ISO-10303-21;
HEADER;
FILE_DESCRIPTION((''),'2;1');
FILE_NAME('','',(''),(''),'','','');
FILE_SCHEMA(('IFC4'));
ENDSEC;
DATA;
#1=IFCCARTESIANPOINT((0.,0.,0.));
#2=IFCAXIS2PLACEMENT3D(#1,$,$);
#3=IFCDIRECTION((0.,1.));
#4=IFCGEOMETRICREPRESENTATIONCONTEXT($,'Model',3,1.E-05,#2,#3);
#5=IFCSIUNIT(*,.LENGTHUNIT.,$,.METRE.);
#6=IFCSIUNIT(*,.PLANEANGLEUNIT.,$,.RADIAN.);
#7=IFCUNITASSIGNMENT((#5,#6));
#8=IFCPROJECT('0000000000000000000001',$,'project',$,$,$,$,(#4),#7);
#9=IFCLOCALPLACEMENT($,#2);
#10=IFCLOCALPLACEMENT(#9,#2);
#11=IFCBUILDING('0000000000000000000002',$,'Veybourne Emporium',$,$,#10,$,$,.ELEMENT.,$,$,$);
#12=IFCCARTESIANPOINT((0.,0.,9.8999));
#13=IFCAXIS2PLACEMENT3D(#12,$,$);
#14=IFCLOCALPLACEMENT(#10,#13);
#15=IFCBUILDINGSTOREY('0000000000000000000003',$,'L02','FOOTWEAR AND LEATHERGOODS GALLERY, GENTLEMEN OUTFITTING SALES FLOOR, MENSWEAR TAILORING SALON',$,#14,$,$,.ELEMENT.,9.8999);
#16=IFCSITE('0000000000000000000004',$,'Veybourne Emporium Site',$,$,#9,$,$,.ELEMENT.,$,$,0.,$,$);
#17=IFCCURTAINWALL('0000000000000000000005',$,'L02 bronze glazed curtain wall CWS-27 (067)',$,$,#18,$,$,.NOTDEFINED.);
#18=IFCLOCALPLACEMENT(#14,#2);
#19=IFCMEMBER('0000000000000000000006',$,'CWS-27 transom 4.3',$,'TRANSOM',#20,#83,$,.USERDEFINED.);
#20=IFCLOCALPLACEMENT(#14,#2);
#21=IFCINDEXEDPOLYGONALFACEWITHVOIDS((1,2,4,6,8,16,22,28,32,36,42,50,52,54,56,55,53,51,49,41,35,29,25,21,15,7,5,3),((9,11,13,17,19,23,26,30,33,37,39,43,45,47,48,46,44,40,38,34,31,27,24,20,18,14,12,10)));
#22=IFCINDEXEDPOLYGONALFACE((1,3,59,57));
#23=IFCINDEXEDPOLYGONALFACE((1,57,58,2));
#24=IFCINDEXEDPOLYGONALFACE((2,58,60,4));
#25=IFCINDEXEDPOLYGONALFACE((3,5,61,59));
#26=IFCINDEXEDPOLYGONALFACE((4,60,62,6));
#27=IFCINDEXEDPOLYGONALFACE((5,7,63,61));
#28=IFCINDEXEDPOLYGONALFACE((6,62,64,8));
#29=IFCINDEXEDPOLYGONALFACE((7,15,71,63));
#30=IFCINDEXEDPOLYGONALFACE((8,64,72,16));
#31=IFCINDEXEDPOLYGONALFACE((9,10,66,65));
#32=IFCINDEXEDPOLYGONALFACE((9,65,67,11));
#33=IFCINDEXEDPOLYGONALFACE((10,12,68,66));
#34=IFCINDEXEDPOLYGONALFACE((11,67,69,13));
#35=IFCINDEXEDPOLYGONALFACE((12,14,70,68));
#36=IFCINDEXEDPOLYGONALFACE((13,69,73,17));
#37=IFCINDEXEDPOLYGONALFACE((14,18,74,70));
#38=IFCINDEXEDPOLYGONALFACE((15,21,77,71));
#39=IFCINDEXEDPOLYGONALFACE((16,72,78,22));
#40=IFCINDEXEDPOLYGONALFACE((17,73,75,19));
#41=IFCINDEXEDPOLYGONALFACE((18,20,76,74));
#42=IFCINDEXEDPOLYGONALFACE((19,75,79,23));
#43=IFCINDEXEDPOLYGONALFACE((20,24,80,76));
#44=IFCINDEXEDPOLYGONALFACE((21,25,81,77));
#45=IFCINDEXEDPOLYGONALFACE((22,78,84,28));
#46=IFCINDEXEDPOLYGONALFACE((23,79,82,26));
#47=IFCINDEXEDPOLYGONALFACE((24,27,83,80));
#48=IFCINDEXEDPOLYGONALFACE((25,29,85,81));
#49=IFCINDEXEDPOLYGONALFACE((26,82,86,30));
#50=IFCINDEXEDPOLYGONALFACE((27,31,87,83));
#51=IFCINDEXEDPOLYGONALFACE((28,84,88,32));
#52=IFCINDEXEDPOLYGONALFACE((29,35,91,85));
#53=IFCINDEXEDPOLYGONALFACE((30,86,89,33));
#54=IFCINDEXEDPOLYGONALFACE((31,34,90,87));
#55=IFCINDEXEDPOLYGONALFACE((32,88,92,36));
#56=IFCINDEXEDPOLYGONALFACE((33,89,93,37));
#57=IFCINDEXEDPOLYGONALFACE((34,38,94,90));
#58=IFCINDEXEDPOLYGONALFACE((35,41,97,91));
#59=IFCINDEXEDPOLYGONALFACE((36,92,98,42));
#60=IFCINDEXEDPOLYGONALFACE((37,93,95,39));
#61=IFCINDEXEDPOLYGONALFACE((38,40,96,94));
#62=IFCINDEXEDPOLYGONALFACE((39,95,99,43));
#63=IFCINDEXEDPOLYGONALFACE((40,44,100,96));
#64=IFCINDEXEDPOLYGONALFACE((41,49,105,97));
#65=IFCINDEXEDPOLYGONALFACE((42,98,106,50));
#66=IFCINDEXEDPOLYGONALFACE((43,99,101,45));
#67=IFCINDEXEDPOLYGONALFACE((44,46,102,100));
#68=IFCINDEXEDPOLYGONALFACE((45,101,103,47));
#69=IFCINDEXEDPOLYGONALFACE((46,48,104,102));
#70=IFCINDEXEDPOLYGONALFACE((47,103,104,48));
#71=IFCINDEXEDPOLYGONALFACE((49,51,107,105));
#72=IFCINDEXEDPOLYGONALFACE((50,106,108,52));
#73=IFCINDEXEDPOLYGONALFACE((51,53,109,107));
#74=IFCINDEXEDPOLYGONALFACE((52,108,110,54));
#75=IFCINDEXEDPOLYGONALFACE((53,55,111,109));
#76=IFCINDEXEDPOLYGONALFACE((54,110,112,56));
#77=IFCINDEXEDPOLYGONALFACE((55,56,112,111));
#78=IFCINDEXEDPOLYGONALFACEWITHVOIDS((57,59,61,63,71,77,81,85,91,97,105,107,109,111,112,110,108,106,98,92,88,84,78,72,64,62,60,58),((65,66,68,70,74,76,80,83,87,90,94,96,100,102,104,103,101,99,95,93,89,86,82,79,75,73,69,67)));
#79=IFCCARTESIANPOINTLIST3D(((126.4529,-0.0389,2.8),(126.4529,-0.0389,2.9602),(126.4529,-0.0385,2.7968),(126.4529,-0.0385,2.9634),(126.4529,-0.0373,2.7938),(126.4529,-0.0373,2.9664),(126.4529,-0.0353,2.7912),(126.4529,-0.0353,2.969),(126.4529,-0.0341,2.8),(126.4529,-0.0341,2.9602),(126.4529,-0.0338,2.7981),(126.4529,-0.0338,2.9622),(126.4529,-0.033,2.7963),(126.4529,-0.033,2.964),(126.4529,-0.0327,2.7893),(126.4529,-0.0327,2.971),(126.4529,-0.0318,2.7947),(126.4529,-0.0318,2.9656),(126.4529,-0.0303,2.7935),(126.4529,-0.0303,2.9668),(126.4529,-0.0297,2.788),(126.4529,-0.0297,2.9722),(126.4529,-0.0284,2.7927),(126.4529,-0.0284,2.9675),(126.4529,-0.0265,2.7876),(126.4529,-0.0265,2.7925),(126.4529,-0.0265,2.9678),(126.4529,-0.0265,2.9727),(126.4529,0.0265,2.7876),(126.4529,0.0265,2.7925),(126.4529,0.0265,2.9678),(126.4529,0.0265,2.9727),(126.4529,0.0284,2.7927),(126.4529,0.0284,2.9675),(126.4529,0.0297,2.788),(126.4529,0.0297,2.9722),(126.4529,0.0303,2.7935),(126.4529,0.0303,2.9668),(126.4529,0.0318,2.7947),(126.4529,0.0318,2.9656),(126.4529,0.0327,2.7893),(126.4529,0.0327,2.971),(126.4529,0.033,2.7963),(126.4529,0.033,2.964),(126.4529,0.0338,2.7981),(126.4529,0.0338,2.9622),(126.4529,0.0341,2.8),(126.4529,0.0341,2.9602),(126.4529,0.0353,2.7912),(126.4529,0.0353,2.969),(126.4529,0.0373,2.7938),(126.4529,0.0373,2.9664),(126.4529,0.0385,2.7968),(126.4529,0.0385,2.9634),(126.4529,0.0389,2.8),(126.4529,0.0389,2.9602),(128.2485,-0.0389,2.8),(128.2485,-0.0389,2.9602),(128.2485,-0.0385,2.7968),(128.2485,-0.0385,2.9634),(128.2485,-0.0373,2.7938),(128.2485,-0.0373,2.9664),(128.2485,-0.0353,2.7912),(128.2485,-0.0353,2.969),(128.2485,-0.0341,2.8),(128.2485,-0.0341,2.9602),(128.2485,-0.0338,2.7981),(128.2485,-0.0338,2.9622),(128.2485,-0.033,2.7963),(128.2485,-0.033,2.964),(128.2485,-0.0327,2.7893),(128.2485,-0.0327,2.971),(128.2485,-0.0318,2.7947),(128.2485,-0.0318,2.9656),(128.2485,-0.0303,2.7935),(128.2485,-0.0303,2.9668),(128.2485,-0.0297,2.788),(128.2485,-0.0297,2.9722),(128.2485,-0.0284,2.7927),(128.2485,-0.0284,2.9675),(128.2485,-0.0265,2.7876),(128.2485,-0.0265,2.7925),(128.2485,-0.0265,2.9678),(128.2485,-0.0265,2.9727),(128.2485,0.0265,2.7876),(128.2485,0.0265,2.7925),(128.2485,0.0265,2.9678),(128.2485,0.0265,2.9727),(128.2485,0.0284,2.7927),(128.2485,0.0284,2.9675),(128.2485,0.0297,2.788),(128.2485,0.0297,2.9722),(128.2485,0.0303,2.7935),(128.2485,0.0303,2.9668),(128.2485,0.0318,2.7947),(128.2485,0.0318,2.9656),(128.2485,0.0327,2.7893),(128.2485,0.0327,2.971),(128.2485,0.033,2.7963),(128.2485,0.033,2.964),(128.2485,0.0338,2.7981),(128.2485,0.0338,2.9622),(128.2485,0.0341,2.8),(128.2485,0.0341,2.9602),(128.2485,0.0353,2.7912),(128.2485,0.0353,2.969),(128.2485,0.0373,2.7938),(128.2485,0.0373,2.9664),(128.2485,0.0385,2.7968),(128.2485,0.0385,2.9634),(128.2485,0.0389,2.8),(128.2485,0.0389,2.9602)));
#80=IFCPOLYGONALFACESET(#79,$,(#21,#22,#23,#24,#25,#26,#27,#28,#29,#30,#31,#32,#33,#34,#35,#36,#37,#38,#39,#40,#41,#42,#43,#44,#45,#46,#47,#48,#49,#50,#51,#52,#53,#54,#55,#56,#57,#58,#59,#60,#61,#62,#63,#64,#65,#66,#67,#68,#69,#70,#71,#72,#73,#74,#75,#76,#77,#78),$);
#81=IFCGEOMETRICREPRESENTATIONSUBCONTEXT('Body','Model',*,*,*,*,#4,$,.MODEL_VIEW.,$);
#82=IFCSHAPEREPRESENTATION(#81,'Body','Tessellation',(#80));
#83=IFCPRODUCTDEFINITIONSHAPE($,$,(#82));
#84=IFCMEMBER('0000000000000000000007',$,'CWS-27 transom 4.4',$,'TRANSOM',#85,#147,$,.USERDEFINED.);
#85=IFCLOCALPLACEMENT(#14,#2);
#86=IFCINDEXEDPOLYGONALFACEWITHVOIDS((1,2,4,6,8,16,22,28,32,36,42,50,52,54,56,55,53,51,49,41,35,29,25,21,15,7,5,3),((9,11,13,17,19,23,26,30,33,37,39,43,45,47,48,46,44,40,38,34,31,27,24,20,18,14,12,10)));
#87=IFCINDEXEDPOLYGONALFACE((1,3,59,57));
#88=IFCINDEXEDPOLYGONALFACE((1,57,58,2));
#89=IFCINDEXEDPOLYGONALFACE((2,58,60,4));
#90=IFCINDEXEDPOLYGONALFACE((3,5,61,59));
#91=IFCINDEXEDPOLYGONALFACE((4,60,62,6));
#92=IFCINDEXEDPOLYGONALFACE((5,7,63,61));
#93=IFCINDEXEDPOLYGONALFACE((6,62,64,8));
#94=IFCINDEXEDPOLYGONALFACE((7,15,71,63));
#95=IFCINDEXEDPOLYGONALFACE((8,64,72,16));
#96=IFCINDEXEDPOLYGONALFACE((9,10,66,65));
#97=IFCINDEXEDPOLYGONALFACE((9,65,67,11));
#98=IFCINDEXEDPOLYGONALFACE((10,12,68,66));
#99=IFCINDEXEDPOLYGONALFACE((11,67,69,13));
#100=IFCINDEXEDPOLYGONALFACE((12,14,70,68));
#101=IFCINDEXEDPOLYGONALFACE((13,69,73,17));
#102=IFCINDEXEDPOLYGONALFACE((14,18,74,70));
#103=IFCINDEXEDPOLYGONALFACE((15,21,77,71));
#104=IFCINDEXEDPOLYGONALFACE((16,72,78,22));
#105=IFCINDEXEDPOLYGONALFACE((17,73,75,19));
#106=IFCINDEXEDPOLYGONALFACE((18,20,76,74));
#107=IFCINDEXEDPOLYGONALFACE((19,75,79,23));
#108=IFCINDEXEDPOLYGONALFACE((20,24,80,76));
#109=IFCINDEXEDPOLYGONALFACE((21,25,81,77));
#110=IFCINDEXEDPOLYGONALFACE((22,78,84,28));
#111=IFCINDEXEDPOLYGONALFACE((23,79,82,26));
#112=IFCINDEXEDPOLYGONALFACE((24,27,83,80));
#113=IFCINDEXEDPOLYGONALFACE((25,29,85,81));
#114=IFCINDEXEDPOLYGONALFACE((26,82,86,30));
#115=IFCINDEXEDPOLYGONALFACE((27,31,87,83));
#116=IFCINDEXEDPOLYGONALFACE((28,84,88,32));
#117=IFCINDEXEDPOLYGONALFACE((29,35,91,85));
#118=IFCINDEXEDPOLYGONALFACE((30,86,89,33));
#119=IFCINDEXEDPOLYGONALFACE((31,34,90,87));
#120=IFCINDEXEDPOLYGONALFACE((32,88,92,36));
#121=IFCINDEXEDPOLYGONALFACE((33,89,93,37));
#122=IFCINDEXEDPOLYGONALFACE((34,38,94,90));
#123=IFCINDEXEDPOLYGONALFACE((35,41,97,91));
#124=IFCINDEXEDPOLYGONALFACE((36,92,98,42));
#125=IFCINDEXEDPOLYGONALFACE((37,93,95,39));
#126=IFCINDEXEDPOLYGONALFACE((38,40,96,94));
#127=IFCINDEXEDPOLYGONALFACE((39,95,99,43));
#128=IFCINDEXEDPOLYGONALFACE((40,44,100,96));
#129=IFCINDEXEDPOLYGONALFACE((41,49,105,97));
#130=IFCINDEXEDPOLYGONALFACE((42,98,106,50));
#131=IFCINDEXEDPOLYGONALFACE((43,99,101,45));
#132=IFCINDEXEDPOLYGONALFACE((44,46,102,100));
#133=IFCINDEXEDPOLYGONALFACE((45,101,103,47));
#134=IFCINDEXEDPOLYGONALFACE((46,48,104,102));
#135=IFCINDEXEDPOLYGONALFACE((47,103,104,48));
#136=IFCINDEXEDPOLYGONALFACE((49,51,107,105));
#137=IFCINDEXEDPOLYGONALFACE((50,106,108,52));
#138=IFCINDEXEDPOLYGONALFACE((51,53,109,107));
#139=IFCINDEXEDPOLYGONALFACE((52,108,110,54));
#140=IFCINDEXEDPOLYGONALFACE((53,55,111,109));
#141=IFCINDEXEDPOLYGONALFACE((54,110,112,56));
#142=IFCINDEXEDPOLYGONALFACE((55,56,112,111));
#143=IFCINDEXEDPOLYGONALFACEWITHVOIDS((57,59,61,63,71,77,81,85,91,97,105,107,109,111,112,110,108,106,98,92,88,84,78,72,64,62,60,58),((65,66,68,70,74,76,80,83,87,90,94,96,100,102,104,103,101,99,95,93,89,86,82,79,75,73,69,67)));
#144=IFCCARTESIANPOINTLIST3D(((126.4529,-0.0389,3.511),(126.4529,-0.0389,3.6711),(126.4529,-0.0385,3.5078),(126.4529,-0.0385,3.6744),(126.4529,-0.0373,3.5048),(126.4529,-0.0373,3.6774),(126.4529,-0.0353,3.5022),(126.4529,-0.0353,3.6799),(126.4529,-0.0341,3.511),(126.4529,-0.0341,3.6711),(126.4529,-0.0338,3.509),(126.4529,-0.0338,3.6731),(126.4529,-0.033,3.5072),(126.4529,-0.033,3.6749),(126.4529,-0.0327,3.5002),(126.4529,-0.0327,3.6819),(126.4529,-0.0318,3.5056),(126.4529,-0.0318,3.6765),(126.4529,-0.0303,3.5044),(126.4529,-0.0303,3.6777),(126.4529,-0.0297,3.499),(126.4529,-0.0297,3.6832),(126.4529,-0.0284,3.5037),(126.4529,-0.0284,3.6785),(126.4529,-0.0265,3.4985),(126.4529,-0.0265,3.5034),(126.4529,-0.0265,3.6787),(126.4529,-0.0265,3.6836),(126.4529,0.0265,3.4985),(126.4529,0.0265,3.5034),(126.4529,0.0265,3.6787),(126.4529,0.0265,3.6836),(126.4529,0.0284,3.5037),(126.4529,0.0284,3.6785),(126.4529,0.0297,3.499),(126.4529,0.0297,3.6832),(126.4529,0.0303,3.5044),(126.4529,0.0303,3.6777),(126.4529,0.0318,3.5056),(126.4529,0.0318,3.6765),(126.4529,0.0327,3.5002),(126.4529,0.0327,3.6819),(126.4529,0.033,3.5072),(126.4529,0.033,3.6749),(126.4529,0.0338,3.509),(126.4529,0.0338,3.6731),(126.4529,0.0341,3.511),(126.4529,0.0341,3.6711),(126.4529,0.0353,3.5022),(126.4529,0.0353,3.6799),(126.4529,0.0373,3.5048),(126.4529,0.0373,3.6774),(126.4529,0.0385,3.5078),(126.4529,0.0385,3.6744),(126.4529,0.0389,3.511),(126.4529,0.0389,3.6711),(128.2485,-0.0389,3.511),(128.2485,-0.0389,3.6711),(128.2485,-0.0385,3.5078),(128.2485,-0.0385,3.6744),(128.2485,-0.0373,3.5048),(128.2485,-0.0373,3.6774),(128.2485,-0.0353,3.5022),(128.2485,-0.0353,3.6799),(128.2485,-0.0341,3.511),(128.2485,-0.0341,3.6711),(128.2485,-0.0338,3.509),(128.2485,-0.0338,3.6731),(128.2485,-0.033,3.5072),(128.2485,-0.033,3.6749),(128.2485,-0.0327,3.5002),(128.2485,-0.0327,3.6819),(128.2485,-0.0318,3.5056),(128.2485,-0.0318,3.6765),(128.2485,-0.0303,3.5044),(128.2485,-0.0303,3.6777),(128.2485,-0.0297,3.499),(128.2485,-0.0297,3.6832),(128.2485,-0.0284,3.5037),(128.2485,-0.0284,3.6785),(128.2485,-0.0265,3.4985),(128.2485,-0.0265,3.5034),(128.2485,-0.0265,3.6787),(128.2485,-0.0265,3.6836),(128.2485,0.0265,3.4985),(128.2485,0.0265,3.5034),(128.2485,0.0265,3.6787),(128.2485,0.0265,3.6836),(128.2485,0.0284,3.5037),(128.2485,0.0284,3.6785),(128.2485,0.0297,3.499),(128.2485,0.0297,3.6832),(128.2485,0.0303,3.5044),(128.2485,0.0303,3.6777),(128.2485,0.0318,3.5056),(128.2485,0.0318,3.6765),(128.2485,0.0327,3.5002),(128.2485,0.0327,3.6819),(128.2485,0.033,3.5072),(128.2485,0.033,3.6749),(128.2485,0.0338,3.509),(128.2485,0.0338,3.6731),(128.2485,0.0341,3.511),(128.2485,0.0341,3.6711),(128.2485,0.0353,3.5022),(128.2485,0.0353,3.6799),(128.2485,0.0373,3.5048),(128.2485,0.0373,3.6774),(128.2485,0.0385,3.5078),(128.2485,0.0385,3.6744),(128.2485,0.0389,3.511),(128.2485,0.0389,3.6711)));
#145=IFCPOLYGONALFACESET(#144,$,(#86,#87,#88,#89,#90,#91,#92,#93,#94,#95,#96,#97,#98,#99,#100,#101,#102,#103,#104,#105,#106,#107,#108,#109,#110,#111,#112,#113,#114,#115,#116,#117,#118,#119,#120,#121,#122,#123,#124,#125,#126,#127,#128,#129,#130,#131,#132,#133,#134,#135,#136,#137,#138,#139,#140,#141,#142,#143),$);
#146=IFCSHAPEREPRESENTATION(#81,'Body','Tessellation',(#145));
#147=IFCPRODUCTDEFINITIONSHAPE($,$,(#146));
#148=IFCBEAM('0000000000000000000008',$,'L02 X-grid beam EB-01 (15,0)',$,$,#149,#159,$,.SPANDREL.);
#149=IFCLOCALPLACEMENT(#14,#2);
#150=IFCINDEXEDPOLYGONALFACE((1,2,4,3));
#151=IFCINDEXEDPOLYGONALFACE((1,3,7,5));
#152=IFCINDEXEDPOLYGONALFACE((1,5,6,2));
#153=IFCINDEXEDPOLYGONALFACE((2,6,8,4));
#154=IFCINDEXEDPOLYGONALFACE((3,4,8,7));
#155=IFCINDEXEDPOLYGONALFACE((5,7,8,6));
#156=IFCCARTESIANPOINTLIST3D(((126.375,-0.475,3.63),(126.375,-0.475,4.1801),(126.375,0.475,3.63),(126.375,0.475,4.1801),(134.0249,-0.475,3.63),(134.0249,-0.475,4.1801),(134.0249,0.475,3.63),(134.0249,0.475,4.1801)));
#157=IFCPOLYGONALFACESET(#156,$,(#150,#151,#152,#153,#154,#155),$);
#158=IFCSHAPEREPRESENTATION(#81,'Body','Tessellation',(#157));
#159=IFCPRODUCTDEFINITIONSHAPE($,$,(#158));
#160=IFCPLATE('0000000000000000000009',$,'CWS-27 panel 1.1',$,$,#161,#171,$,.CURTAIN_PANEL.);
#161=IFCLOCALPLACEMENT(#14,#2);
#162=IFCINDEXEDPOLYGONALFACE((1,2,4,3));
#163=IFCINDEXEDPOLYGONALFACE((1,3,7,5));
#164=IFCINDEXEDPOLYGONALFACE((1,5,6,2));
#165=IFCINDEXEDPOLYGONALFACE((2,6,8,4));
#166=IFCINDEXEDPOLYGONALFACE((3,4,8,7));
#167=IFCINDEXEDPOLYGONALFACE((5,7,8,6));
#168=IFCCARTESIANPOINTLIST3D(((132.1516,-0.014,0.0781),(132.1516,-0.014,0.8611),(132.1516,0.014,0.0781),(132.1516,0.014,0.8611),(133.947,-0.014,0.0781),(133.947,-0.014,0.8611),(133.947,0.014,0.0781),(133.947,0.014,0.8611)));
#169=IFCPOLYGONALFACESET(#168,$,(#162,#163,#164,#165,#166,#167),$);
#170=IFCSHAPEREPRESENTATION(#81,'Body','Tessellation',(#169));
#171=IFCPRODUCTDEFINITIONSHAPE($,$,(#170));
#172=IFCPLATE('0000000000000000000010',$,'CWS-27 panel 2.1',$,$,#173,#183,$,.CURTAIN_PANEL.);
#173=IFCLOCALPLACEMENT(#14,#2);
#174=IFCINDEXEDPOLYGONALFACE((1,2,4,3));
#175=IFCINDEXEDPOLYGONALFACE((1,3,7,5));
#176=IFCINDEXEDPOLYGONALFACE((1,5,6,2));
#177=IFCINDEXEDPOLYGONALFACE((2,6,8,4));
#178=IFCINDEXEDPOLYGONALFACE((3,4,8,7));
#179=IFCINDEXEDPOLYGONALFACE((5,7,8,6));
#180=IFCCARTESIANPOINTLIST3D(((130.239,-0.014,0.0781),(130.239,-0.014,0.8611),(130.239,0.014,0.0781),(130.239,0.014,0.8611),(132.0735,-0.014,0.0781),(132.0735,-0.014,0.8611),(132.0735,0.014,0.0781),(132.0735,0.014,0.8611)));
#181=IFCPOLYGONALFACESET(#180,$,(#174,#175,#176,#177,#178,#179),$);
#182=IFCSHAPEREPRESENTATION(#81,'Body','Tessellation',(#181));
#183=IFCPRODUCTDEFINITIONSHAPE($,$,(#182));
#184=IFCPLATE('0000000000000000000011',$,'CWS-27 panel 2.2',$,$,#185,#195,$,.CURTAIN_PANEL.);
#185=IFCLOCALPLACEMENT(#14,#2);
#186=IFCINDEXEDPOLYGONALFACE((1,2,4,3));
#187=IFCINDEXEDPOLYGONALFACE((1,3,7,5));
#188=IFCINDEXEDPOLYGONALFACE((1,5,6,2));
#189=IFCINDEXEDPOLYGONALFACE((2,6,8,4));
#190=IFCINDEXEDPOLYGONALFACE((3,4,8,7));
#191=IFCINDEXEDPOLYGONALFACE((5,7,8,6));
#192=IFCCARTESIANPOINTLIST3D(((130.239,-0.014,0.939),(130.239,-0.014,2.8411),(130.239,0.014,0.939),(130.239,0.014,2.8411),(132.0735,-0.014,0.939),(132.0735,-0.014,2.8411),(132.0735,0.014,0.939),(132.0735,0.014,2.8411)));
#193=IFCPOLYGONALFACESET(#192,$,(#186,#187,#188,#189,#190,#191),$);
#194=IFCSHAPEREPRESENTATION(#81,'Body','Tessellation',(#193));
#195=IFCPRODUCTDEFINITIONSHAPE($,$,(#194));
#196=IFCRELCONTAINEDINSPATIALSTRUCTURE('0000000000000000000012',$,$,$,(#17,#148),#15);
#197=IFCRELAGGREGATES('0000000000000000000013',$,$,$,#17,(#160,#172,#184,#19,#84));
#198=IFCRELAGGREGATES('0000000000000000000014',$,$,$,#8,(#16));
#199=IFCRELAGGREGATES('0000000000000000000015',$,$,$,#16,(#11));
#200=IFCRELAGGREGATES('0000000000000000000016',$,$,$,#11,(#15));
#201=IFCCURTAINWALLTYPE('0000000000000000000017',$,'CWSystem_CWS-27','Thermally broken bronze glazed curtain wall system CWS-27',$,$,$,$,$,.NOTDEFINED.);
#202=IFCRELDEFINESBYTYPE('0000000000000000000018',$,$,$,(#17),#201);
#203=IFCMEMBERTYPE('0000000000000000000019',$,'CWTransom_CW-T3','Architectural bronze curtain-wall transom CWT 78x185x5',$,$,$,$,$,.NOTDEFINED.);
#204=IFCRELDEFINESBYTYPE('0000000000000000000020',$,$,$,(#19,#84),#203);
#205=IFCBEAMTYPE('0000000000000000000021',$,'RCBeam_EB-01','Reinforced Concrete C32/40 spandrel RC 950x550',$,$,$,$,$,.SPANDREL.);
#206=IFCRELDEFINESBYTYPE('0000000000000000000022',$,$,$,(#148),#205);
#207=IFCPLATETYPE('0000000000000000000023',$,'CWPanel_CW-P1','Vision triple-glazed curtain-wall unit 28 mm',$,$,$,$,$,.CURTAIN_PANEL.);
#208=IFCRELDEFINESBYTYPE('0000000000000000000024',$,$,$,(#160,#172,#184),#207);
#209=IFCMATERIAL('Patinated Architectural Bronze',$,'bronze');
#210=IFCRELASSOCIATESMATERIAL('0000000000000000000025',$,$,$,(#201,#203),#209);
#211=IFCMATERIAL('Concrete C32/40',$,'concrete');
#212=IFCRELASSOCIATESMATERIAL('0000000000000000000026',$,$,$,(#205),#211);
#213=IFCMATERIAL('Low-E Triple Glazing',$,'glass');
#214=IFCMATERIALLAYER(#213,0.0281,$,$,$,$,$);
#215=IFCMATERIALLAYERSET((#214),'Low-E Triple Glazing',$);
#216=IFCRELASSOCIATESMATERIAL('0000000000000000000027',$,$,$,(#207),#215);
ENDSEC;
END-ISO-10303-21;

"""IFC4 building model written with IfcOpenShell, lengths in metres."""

from ifc_helpers import new_model, si_unit, direction, frame, origin, origin_2d, place, context, subcontext, project, spatial, rectangle, hollow_rectangle, extrude, material, layer, layer_set, material_profile, profile_set, type_object, element, aggregate, save


model = new_model("IFC4")

# Units and contexts
model_context = context("Model", 3, precision=1e-05, world=origin(), true_north=direction((0.0, 1.0)))
body_context = subcontext(model_context, "Body", "Model", "MODEL_VIEW")
ifc_project = project(units=[si_unit("LENGTHUNIT", "METRE"), si_unit("PLANEANGLEUNIT", "RADIAN")], contexts=[model_context])

# Site, building, storey
site_placement = place(None, origin())
site = spatial("IfcSite", under=ifc_project, at=site_placement, Name="Veybourne Emporium Site", CompositionType="ELEMENT", RefElevation=0.0)
building_placement = place(site_placement, origin())
building = spatial("IfcBuilding", under=site, at=building_placement, Name="Veybourne Emporium", CompositionType="ELEMENT")
storey_placement = place(building_placement, frame((0.0, 0.0, 9.8999)))
storey = spatial("IfcBuildingStorey", under=building, at=storey_placement, Name="L02", Description="FOOTWEAR AND LEATHERGOODS GALLERY, GENTLEMEN OUTFITTING SALES FLOOR, MENSWEAR TAILORING SALON", CompositionType="ELEMENT", Elevation=9.8999)

# Curtain wall, members
ifc_material_1 = material(Name="Patinated Architectural Bronze", Category="bronze")
curtain_wall_type = type_object("IfcCurtainWallType", Name="CWSystem_CWS-27", Description="Thermally broken bronze glazed curtain wall system CWS-27", PredefinedType="NOTDEFINED", material=ifc_material_1)
curtain_wall_placement = place(storey_placement, origin())
curtain_wall = element("IfcCurtainWall", 1, at=curtain_wall_placement, inside=storey, type_object=curtain_wall_type, Name="L02 bronze glazed curtain wall CWS-27 (067)", PredefinedType="NOTDEFINED")
ifc_material_profile_1 = material_profile(ifc_material_1, hollow_rectangle(XDim=0.0779, YDim=0.1851, WallThickness=0.0049, InnerFilletRadius=0.0076, OuterFilletRadius=0.0125, at=origin_2d()), Name="CWT 78x185x5")
ifc_profile_set_1 = profile_set([ifc_material_profile_1], Name="Patinated Architectural Bronze")
member_type_1 = type_object("IfcMemberType", Name="CWTransom_CW-T3", Description="Architectural bronze curtain-wall transom CWT 78x185x5", PredefinedType="NOTDEFINED", material=ifc_profile_set_1)
member_1_placement = place(storey_placement, frame((128.2485, 0.0, 2.8801), z_axis=(-1.0, 0.0, 0.0), x_axis=(0.0, -1.0, 0.0)))
member_1 = element("IfcMember", 2, at=member_1_placement, type_object=member_type_1, Name="CWS-27 transom 4.3", ObjectType="TRANSOM", PredefinedType="USERDEFINED", context=body_context, shape_type="SweptSolid", body=[
    extrude(hollow_rectangle(XDim=0.0779, YDim=0.1851, WallThickness=0.0049, InnerFilletRadius=0.0076, OuterFilletRadius=0.0125, at=origin_2d()), origin(), (0.0, 0.0, 1.0), 1.7957),
])
member_2_placement = place(storey_placement, frame((128.2485, 0.0, 3.5911), z_axis=(-1.0, 0.0, 0.0), x_axis=(0.0, -1.0, 0.0)))
member_2 = element("IfcMember", 3, at=member_2_placement, type_object=member_type_1, Name="CWS-27 transom 4.4", ObjectType="TRANSOM", PredefinedType="USERDEFINED", context=body_context, shape_type="SweptSolid", body=[
    extrude(hollow_rectangle(XDim=0.0779, YDim=0.1851, WallThickness=0.0049, InnerFilletRadius=0.0076, OuterFilletRadius=0.0125, at=origin_2d()), origin(), (0.0, 0.0, 1.0), 1.7957),
])

# Beam
ifc_material_2 = material(Name="Concrete C32/40", Category="concrete")
ifc_material_profile_2 = material_profile(ifc_material_2, rectangle(XDim=0.95, YDim=0.55, at=origin_2d()), Name="RC 950x550")
ifc_profile_set_2 = profile_set([ifc_material_profile_2], Name="Concrete C32/40")
beam_type = type_object("IfcBeamType", Name="RCBeam_EB-01", Description="Reinforced Concrete C32/40 spandrel RC 950x550", PredefinedType="SPANDREL", material=ifc_profile_set_2)
beam_placement = place(storey_placement, frame((126.375, 0.0, 3.905), z_axis=(1.0, 0.0, 0.0), x_axis=(0.0, 1.0, 0.0)))
element("IfcBeam", 4, at=beam_placement, inside=storey, type_object=beam_type, Name="L02 X-grid beam EB-01 (15,0)", PredefinedType="SPANDREL", context=body_context, shape_type="SweptSolid", body=[
    extrude(rectangle(XDim=0.95, YDim=0.55, at=origin_2d()), origin(), (0.0, 0.0, 1.0), 7.6499),
])

# Plates
ifc_material_3 = material(Name="Low-E Triple Glazing", Category="glass")
ifc_layer_1 = layer(ifc_material_3, 0.0281)
ifc_layer_set_1 = layer_set([ifc_layer_1], Name="Low-E Triple Glazing")
plate_type = type_object("IfcPlateType", Name="CWPanel_CW-P1", Description="Vision triple-glazed curtain-wall unit 28 mm", PredefinedType="CURTAIN_PANEL", material=ifc_layer_set_1)
plate_1_placement = place(storey_placement, frame((133.0493, 0.0, 0.0781), z_axis=(0.0, 0.0, 1.0), x_axis=(-1.0, 0.0, 0.0)))
plate_1 = element("IfcPlate", 5, at=plate_1_placement, type_object=plate_type, Name="CWS-27 panel 1.1", PredefinedType="CURTAIN_PANEL", context=body_context, shape_type="SweptSolid", body=[
    extrude(rectangle(XDim=1.7954, YDim=0.0281, at=origin_2d()), origin(), (0.0, 0.0, 1.0), 0.783),
])
plate_2_placement = place(storey_placement, frame((131.1562, 0.0, 0.0781), z_axis=(0.0, 0.0, 1.0), x_axis=(-1.0, 0.0, 0.0)))
plate_2 = element("IfcPlate", 6, at=plate_2_placement, type_object=plate_type, Name="CWS-27 panel 2.1", PredefinedType="CURTAIN_PANEL", context=body_context, shape_type="SweptSolid", body=[
    extrude(rectangle(XDim=1.8345, YDim=0.0281, at=origin_2d()), origin(), (0.0, 0.0, 1.0), 0.783),
])
plate_3_placement = place(storey_placement, frame((131.1562, 0.0, 0.939), z_axis=(0.0, 0.0, 1.0), x_axis=(-1.0, 0.0, 0.0)))
plate_3 = element("IfcPlate", 7, at=plate_3_placement, type_object=plate_type, Name="CWS-27 panel 2.2", PredefinedType="CURTAIN_PANEL", context=body_context, shape_type="SweptSolid", body=[
    extrude(rectangle(XDim=1.8345, YDim=0.0281, at=origin_2d()), origin(), (0.0, 0.0, 1.0), 1.9021),
])
aggregate(curtain_wall, [plate_1, plate_2, plate_3, member_1, member_2])

save(model, "model.ifc")
